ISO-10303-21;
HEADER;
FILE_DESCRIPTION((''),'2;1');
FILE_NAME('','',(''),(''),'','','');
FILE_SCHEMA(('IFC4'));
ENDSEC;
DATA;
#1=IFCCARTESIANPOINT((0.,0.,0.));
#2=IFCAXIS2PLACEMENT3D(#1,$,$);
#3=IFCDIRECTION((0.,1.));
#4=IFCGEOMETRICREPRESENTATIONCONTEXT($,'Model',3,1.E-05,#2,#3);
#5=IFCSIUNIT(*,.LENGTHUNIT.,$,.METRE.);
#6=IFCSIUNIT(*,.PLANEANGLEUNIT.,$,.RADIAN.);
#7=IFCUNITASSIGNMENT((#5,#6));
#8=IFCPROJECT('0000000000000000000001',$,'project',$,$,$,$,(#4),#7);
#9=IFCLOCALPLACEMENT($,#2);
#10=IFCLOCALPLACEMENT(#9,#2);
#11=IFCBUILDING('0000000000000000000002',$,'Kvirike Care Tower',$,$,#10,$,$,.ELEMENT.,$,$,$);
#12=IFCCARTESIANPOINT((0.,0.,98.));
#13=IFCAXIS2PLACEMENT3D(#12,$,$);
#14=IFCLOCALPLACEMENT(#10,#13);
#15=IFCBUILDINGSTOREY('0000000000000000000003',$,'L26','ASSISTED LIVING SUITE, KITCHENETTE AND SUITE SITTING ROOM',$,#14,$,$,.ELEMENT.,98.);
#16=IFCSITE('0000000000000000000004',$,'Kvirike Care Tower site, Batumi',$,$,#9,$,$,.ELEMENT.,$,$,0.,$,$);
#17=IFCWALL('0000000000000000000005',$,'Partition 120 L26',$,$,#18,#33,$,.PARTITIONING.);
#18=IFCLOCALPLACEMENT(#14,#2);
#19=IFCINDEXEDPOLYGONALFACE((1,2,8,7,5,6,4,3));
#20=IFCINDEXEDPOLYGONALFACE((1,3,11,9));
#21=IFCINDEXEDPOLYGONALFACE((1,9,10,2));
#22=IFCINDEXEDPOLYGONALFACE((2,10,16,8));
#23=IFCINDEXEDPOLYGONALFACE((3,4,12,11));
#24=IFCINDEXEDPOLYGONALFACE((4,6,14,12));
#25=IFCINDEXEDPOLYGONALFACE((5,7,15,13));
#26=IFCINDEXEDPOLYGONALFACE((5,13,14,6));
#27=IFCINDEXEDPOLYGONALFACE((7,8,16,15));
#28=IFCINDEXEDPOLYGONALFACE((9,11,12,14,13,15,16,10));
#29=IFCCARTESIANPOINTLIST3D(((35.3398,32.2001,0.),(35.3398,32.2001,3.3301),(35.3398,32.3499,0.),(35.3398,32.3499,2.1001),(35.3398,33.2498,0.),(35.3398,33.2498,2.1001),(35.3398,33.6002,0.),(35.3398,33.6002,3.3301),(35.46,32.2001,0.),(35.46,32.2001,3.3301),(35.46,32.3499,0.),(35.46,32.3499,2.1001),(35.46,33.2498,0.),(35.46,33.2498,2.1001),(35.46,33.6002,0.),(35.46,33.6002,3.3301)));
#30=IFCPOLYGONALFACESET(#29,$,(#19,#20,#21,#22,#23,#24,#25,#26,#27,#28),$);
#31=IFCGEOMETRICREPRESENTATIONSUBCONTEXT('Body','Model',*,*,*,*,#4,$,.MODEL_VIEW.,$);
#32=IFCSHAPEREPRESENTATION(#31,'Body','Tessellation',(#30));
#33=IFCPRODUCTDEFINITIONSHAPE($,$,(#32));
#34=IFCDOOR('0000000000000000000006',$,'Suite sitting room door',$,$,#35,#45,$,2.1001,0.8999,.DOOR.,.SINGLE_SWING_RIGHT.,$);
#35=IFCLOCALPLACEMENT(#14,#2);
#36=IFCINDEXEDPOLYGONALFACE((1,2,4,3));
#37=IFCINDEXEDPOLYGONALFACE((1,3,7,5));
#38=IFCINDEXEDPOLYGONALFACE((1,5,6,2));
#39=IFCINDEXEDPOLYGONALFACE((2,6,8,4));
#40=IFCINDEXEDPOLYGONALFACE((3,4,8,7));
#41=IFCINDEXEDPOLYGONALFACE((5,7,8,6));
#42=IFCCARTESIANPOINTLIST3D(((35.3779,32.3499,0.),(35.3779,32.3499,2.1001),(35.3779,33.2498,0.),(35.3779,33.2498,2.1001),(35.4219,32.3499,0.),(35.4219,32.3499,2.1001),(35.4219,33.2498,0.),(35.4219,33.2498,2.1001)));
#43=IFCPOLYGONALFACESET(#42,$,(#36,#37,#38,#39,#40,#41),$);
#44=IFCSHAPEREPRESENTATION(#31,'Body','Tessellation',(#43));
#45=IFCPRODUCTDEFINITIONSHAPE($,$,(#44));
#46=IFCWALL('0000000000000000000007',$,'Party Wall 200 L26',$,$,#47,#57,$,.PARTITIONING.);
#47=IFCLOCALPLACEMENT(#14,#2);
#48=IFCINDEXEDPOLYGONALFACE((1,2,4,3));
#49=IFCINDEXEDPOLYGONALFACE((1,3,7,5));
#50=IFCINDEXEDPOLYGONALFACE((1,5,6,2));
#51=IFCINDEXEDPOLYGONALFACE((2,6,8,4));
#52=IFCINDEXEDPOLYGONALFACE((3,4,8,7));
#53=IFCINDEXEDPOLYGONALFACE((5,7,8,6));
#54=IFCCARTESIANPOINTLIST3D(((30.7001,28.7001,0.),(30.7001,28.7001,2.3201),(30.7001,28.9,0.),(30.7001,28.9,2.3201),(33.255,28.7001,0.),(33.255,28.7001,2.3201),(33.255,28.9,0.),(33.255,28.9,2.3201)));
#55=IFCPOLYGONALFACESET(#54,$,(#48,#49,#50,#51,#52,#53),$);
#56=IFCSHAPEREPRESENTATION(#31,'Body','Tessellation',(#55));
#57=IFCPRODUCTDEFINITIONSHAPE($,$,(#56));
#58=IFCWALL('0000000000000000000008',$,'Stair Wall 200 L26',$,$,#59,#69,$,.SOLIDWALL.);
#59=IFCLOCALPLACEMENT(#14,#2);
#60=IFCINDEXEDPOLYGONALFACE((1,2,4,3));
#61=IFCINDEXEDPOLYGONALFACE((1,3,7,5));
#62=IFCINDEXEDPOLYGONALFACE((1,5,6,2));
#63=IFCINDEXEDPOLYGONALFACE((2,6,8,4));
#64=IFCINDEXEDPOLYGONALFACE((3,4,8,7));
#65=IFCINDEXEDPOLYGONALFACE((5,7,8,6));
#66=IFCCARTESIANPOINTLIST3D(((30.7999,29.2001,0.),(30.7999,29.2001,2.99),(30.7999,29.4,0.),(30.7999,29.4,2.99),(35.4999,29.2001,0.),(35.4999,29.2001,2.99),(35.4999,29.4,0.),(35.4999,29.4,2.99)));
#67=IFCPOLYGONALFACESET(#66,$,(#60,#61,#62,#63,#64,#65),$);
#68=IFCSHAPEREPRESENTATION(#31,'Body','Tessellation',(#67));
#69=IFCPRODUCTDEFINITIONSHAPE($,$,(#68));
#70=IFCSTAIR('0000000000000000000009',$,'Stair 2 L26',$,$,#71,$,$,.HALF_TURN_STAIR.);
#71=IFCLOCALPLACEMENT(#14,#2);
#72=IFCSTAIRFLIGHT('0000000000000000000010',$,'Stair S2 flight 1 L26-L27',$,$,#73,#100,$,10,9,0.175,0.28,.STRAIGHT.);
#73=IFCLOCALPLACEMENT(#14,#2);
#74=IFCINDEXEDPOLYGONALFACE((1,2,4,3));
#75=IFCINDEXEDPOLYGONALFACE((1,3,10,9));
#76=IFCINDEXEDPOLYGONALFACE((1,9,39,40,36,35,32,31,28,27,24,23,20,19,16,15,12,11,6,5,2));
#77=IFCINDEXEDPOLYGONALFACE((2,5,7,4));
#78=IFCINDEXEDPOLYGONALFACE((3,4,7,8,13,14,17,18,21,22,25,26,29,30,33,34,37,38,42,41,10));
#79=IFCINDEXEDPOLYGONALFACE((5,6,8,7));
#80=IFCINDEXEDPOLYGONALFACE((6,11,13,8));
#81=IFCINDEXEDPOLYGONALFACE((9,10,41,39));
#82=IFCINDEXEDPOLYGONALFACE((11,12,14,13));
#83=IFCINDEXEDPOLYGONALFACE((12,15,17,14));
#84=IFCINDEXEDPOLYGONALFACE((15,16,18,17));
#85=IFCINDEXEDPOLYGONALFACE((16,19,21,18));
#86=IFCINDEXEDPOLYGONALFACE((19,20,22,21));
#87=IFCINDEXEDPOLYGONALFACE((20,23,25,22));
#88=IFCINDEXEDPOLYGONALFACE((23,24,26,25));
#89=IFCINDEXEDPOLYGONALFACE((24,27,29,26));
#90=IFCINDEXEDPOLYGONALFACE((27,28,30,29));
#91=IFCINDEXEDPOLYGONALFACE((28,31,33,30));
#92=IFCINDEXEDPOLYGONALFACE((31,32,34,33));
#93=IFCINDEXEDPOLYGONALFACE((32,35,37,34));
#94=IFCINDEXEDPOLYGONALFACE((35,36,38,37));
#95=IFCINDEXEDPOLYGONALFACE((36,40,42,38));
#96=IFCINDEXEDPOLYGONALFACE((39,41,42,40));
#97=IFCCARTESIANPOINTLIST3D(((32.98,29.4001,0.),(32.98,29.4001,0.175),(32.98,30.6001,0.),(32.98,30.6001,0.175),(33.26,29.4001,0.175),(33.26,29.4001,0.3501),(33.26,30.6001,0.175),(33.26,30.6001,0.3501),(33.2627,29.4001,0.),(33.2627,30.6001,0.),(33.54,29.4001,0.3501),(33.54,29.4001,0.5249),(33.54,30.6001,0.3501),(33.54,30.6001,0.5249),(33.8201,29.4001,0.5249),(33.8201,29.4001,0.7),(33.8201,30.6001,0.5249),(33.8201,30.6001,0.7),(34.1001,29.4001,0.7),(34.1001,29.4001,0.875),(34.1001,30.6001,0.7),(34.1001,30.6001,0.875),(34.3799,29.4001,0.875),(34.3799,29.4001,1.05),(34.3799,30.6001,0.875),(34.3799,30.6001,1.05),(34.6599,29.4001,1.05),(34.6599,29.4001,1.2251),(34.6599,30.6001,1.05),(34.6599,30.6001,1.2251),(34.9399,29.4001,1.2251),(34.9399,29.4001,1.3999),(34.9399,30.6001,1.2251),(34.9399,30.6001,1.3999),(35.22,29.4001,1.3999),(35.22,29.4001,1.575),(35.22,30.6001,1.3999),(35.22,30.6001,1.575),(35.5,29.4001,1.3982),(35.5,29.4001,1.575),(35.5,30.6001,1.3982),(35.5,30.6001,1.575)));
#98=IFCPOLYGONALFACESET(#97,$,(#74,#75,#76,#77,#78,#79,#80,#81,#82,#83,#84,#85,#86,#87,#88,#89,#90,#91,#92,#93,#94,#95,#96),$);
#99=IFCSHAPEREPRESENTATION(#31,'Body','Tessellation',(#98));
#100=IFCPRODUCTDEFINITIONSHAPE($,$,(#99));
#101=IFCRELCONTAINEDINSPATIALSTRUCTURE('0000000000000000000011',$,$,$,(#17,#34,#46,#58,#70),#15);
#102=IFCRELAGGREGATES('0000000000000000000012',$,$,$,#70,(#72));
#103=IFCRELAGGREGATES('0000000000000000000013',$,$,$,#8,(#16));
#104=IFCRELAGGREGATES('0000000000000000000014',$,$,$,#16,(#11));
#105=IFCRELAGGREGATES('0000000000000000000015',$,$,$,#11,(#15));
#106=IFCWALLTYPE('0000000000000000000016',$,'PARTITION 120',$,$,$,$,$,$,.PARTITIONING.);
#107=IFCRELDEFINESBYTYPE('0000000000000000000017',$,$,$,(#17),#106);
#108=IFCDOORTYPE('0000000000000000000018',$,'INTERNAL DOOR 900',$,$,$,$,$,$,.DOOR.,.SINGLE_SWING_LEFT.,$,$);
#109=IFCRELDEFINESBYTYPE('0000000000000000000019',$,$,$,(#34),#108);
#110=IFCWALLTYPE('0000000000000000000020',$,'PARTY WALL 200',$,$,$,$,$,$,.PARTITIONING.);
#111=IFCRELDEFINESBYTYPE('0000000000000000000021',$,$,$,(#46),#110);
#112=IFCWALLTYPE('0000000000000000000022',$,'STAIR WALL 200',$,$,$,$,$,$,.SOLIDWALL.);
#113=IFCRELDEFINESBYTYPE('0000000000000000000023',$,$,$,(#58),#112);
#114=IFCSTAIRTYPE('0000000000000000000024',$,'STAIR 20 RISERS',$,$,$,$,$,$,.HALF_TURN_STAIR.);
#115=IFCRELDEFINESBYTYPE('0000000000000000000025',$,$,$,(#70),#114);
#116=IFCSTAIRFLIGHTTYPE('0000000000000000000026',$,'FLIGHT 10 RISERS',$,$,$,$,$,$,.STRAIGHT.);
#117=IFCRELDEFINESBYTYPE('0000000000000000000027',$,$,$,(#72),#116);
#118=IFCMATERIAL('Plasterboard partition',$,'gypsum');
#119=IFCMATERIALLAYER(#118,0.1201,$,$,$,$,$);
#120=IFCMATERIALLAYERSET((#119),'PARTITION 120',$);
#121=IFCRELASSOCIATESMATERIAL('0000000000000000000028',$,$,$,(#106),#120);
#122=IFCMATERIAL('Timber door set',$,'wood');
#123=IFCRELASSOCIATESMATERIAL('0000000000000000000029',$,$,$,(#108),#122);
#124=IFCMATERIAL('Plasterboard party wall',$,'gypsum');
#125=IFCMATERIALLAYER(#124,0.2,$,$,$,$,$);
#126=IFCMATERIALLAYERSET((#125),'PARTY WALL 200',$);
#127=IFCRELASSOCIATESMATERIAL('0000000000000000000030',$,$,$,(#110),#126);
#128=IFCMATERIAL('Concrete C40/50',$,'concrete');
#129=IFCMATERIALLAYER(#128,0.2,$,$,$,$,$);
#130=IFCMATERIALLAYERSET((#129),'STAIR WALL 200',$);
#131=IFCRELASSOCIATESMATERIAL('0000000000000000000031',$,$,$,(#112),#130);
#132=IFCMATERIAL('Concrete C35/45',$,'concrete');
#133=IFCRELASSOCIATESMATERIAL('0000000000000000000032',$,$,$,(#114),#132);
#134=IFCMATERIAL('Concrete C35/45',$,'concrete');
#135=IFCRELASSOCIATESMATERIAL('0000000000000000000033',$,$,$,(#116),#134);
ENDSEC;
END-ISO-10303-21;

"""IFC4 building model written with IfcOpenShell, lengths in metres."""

from ifc_helpers import new_model, si_unit, direction, frame, frame_2d, origin, place, context, subcontext, project, spatial, polyline, rectangle, outline, extrude, material, layer, layer_set, type_object, element, fill, aggregate, save


model = new_model("IFC4")

# Units and contexts
model_context = context("Model", 3, precision=1e-05, world=origin(), true_north=direction((0.0, 1.0)))
body_context = subcontext(model_context, "Body", "Model", "MODEL_VIEW")
ifc_project = project(units=[si_unit("LENGTHUNIT", "METRE"), si_unit("PLANEANGLEUNIT", "RADIAN")], contexts=[model_context])

# Site, building, storey
site_placement = place(None, origin())
site = spatial("IfcSite", under=ifc_project, at=site_placement, Name="Kvirike Care Tower site, Batumi", CompositionType="ELEMENT", RefElevation=0.0)
building_placement = place(site_placement, origin())
building = spatial("IfcBuilding", under=site, at=building_placement, Name="Kvirike Care Tower", CompositionType="ELEMENT")
storey_placement = place(building_placement, frame((0.0, 0.0, 98.0)))
storey = spatial("IfcBuildingStorey", under=building, at=storey_placement, Name="L26", Description="ASSISTED LIVING SUITE, KITCHENETTE AND SUITE SITTING ROOM", CompositionType="ELEMENT", Elevation=98.0)

# Shared definitions
ifc_material_1 = material(Name="Plasterboard partition", Category="gypsum")
ifc_layer_1 = layer(ifc_material_1, 0.1201)
ifc_layer_set_1 = layer_set([ifc_layer_1], Name="PARTITION 120")
wall_type_1 = type_object("IfcWallType", Name="PARTITION 120", PredefinedType="PARTITIONING", material=ifc_layer_set_1)
ifc_material_2 = material(Name="Timber door set", Category="wood")
door_type_1 = type_object("IfcDoorType", Name="INTERNAL DOOR 900", OperationType="SINGLE_SWING_LEFT", PredefinedType="DOOR", material=ifc_material_2)

# Wall, opening, door
wall_1_placement = place(storey_placement, frame((35.3999, 32.2, 0.0), z_axis=(0.0, 0.0, 1.0), x_axis=(0.0, 1.0, 0.0)))
wall_1 = element("IfcWall", 1, at=wall_1_placement, inside=storey, type_object=wall_type_1, Name="Partition 120 L26", PredefinedType="PARTITIONING", context=body_context, shape_type="SweptSolid", body=[
    extrude(rectangle(XDim=1.4001, YDim=0.1201, at=frame_2d((0.7002, 0.0))), origin(), (0.0, 0.0, 1.0), 3.3301),
])
opening_1_placement = place(wall_1_placement, frame((0.1499, 0.0, 0.0)))
opening_1 = element("IfcOpeningElement", 2, at=opening_1_placement, cuts=wall_1, PredefinedType="OPENING", context=body_context, shape_type="SweptSolid", body=[
    extrude(rectangle(XDim=0.8999, YDim=2.1001, at=frame_2d((0.45, 1.05))), frame((0.0, 0.0706, 0.0), z_axis=(0.0, -1.0, 0.0), x_axis=(1.0, 0.0, 0.0)), (0.0, 0.0, 1.0), 0.1411),
])
door_1_placement = place(opening_1_placement, origin())
door_1 = element("IfcDoor", 3, at=door_1_placement, inside=storey, type_object=door_type_1, Name="Suite sitting room door", OperationType="SINGLE_SWING_RIGHT", OverallHeight=2.1001, OverallWidth=0.8999, PredefinedType="DOOR", context=body_context, shape_type="SweptSolid", body=[
    extrude(rectangle(XDim=0.8999, YDim=2.1001, at=frame_2d((0.45, 1.05))), frame((0.0, 0.022, 0.0), z_axis=(0.0, -1.0, 0.0), x_axis=(1.0, 0.0, 0.0)), (0.0, 0.0, 1.0), 0.0439),
])
fill(opening_1, door_1)

# Walls
ifc_material_3 = material(Name="Plasterboard party wall", Category="gypsum")
ifc_layer_2 = layer(ifc_material_3, 0.2)
ifc_layer_set_2 = layer_set([ifc_layer_2], Name="PARTY WALL 200")
wall_type_2 = type_object("IfcWallType", Name="PARTY WALL 200", PredefinedType="PARTITIONING", material=ifc_layer_set_2)
wall_2_placement = place(storey_placement, frame((33.2549, 28.8, 0.0), z_axis=(0.0, 0.0, 1.0), x_axis=(-1.0, 0.0, 0.0)))
element("IfcWall", 4, at=wall_2_placement, inside=storey, type_object=wall_type_2, Name="Party Wall 200 L26", PredefinedType="PARTITIONING", context=body_context, shape_type="SweptSolid", body=[
    extrude(rectangle(XDim=2.5549, YDim=0.2, at=frame_2d((1.2773, 0.0))), origin(), (0.0, 0.0, 1.0), 2.3201),
])
ifc_material_4 = material(Name="Concrete C40/50", Category="concrete")
ifc_layer_3 = layer(ifc_material_4, 0.2)
ifc_layer_set_3 = layer_set([ifc_layer_3], Name="STAIR WALL 200")
wall_type_3 = type_object("IfcWallType", Name="STAIR WALL 200", PredefinedType="SOLIDWALL", material=ifc_layer_set_3)
wall_3_placement = place(storey_placement, frame((35.5, 29.3, 0.0), z_axis=(0.0, 0.0, 1.0), x_axis=(-1.0, 0.0, 0.0)))
element("IfcWall", 5, at=wall_3_placement, inside=storey, type_object=wall_type_3, Name="Stair Wall 200 L26", PredefinedType="SOLIDWALL", context=body_context, shape_type="SweptSolid", body=[
    extrude(rectangle(XDim=4.7, YDim=0.2, at=frame_2d((2.3501, 0.0))), origin(), (0.0, 0.0, 1.0), 2.99),
])

# Stair, stair flight
ifc_material_5 = material(Name="Concrete C35/45", Category="concrete")
stair_type = type_object("IfcStairType", Name="STAIR 20 RISERS", PredefinedType="HALF_TURN_STAIR", material=ifc_material_5)
stair_placement = place(storey_placement, origin())
stair = element("IfcStair", 6, at=stair_placement, inside=storey, type_object=stair_type, Name="Stair 2 L26", PredefinedType="HALF_TURN_STAIR")
ifc_material_6 = material(Name="Concrete C35/45", Category="concrete")
stair_flight_type = type_object("IfcStairFlightType", Name="FLIGHT 10 RISERS", PredefinedType="STRAIGHT", material=ifc_material_6)
stair_flight_placement = place(storey_placement, frame((32.98, 30.0, 0.0), z_axis=(0.0, 0.0, 1.0), x_axis=(1.0, 0.0, 0.0)))
stair_flight = element("IfcStairFlight", 7, at=stair_flight_placement, type_object=stair_flight_type, Name="Stair S2 flight 1 L26-L27", NumberOfRisers=10, NumberOfTreads=9, PredefinedType="STRAIGHT", RiserHeight=0.175, TreadLength=0.28, context=body_context, shape_type="SweptSolid", body=[
    extrude(outline(polyline([(0.0, 0.0), (0.0, 0.175), (0.28, 0.175), (0.28, 0.3501), (0.5601, 0.3501), (0.5601, 0.5249), (0.8401, 0.5249), (0.8401, 0.7), (1.1201, 0.7), (1.1201, 0.875), (1.3999, 0.875), (1.3999, 1.05), (1.6799, 1.05), (1.6799, 1.2251), (1.96, 1.2251), (1.96, 1.3999), (2.24, 1.3999), (2.24, 1.575), (2.52, 1.575), (2.52, 1.75), (2.52, 1.3982), (0.2827, 0.0), (0.0, 0.0)])), frame((0.0, 0.6001, 0.0), z_axis=(0.0, -1.0, 0.0), x_axis=(1.0, 0.0, 0.0)), (0.0, 0.0, 1.0), 1.2),
])
aggregate(stair, [stair_flight])

save(model, "model.ifc")
